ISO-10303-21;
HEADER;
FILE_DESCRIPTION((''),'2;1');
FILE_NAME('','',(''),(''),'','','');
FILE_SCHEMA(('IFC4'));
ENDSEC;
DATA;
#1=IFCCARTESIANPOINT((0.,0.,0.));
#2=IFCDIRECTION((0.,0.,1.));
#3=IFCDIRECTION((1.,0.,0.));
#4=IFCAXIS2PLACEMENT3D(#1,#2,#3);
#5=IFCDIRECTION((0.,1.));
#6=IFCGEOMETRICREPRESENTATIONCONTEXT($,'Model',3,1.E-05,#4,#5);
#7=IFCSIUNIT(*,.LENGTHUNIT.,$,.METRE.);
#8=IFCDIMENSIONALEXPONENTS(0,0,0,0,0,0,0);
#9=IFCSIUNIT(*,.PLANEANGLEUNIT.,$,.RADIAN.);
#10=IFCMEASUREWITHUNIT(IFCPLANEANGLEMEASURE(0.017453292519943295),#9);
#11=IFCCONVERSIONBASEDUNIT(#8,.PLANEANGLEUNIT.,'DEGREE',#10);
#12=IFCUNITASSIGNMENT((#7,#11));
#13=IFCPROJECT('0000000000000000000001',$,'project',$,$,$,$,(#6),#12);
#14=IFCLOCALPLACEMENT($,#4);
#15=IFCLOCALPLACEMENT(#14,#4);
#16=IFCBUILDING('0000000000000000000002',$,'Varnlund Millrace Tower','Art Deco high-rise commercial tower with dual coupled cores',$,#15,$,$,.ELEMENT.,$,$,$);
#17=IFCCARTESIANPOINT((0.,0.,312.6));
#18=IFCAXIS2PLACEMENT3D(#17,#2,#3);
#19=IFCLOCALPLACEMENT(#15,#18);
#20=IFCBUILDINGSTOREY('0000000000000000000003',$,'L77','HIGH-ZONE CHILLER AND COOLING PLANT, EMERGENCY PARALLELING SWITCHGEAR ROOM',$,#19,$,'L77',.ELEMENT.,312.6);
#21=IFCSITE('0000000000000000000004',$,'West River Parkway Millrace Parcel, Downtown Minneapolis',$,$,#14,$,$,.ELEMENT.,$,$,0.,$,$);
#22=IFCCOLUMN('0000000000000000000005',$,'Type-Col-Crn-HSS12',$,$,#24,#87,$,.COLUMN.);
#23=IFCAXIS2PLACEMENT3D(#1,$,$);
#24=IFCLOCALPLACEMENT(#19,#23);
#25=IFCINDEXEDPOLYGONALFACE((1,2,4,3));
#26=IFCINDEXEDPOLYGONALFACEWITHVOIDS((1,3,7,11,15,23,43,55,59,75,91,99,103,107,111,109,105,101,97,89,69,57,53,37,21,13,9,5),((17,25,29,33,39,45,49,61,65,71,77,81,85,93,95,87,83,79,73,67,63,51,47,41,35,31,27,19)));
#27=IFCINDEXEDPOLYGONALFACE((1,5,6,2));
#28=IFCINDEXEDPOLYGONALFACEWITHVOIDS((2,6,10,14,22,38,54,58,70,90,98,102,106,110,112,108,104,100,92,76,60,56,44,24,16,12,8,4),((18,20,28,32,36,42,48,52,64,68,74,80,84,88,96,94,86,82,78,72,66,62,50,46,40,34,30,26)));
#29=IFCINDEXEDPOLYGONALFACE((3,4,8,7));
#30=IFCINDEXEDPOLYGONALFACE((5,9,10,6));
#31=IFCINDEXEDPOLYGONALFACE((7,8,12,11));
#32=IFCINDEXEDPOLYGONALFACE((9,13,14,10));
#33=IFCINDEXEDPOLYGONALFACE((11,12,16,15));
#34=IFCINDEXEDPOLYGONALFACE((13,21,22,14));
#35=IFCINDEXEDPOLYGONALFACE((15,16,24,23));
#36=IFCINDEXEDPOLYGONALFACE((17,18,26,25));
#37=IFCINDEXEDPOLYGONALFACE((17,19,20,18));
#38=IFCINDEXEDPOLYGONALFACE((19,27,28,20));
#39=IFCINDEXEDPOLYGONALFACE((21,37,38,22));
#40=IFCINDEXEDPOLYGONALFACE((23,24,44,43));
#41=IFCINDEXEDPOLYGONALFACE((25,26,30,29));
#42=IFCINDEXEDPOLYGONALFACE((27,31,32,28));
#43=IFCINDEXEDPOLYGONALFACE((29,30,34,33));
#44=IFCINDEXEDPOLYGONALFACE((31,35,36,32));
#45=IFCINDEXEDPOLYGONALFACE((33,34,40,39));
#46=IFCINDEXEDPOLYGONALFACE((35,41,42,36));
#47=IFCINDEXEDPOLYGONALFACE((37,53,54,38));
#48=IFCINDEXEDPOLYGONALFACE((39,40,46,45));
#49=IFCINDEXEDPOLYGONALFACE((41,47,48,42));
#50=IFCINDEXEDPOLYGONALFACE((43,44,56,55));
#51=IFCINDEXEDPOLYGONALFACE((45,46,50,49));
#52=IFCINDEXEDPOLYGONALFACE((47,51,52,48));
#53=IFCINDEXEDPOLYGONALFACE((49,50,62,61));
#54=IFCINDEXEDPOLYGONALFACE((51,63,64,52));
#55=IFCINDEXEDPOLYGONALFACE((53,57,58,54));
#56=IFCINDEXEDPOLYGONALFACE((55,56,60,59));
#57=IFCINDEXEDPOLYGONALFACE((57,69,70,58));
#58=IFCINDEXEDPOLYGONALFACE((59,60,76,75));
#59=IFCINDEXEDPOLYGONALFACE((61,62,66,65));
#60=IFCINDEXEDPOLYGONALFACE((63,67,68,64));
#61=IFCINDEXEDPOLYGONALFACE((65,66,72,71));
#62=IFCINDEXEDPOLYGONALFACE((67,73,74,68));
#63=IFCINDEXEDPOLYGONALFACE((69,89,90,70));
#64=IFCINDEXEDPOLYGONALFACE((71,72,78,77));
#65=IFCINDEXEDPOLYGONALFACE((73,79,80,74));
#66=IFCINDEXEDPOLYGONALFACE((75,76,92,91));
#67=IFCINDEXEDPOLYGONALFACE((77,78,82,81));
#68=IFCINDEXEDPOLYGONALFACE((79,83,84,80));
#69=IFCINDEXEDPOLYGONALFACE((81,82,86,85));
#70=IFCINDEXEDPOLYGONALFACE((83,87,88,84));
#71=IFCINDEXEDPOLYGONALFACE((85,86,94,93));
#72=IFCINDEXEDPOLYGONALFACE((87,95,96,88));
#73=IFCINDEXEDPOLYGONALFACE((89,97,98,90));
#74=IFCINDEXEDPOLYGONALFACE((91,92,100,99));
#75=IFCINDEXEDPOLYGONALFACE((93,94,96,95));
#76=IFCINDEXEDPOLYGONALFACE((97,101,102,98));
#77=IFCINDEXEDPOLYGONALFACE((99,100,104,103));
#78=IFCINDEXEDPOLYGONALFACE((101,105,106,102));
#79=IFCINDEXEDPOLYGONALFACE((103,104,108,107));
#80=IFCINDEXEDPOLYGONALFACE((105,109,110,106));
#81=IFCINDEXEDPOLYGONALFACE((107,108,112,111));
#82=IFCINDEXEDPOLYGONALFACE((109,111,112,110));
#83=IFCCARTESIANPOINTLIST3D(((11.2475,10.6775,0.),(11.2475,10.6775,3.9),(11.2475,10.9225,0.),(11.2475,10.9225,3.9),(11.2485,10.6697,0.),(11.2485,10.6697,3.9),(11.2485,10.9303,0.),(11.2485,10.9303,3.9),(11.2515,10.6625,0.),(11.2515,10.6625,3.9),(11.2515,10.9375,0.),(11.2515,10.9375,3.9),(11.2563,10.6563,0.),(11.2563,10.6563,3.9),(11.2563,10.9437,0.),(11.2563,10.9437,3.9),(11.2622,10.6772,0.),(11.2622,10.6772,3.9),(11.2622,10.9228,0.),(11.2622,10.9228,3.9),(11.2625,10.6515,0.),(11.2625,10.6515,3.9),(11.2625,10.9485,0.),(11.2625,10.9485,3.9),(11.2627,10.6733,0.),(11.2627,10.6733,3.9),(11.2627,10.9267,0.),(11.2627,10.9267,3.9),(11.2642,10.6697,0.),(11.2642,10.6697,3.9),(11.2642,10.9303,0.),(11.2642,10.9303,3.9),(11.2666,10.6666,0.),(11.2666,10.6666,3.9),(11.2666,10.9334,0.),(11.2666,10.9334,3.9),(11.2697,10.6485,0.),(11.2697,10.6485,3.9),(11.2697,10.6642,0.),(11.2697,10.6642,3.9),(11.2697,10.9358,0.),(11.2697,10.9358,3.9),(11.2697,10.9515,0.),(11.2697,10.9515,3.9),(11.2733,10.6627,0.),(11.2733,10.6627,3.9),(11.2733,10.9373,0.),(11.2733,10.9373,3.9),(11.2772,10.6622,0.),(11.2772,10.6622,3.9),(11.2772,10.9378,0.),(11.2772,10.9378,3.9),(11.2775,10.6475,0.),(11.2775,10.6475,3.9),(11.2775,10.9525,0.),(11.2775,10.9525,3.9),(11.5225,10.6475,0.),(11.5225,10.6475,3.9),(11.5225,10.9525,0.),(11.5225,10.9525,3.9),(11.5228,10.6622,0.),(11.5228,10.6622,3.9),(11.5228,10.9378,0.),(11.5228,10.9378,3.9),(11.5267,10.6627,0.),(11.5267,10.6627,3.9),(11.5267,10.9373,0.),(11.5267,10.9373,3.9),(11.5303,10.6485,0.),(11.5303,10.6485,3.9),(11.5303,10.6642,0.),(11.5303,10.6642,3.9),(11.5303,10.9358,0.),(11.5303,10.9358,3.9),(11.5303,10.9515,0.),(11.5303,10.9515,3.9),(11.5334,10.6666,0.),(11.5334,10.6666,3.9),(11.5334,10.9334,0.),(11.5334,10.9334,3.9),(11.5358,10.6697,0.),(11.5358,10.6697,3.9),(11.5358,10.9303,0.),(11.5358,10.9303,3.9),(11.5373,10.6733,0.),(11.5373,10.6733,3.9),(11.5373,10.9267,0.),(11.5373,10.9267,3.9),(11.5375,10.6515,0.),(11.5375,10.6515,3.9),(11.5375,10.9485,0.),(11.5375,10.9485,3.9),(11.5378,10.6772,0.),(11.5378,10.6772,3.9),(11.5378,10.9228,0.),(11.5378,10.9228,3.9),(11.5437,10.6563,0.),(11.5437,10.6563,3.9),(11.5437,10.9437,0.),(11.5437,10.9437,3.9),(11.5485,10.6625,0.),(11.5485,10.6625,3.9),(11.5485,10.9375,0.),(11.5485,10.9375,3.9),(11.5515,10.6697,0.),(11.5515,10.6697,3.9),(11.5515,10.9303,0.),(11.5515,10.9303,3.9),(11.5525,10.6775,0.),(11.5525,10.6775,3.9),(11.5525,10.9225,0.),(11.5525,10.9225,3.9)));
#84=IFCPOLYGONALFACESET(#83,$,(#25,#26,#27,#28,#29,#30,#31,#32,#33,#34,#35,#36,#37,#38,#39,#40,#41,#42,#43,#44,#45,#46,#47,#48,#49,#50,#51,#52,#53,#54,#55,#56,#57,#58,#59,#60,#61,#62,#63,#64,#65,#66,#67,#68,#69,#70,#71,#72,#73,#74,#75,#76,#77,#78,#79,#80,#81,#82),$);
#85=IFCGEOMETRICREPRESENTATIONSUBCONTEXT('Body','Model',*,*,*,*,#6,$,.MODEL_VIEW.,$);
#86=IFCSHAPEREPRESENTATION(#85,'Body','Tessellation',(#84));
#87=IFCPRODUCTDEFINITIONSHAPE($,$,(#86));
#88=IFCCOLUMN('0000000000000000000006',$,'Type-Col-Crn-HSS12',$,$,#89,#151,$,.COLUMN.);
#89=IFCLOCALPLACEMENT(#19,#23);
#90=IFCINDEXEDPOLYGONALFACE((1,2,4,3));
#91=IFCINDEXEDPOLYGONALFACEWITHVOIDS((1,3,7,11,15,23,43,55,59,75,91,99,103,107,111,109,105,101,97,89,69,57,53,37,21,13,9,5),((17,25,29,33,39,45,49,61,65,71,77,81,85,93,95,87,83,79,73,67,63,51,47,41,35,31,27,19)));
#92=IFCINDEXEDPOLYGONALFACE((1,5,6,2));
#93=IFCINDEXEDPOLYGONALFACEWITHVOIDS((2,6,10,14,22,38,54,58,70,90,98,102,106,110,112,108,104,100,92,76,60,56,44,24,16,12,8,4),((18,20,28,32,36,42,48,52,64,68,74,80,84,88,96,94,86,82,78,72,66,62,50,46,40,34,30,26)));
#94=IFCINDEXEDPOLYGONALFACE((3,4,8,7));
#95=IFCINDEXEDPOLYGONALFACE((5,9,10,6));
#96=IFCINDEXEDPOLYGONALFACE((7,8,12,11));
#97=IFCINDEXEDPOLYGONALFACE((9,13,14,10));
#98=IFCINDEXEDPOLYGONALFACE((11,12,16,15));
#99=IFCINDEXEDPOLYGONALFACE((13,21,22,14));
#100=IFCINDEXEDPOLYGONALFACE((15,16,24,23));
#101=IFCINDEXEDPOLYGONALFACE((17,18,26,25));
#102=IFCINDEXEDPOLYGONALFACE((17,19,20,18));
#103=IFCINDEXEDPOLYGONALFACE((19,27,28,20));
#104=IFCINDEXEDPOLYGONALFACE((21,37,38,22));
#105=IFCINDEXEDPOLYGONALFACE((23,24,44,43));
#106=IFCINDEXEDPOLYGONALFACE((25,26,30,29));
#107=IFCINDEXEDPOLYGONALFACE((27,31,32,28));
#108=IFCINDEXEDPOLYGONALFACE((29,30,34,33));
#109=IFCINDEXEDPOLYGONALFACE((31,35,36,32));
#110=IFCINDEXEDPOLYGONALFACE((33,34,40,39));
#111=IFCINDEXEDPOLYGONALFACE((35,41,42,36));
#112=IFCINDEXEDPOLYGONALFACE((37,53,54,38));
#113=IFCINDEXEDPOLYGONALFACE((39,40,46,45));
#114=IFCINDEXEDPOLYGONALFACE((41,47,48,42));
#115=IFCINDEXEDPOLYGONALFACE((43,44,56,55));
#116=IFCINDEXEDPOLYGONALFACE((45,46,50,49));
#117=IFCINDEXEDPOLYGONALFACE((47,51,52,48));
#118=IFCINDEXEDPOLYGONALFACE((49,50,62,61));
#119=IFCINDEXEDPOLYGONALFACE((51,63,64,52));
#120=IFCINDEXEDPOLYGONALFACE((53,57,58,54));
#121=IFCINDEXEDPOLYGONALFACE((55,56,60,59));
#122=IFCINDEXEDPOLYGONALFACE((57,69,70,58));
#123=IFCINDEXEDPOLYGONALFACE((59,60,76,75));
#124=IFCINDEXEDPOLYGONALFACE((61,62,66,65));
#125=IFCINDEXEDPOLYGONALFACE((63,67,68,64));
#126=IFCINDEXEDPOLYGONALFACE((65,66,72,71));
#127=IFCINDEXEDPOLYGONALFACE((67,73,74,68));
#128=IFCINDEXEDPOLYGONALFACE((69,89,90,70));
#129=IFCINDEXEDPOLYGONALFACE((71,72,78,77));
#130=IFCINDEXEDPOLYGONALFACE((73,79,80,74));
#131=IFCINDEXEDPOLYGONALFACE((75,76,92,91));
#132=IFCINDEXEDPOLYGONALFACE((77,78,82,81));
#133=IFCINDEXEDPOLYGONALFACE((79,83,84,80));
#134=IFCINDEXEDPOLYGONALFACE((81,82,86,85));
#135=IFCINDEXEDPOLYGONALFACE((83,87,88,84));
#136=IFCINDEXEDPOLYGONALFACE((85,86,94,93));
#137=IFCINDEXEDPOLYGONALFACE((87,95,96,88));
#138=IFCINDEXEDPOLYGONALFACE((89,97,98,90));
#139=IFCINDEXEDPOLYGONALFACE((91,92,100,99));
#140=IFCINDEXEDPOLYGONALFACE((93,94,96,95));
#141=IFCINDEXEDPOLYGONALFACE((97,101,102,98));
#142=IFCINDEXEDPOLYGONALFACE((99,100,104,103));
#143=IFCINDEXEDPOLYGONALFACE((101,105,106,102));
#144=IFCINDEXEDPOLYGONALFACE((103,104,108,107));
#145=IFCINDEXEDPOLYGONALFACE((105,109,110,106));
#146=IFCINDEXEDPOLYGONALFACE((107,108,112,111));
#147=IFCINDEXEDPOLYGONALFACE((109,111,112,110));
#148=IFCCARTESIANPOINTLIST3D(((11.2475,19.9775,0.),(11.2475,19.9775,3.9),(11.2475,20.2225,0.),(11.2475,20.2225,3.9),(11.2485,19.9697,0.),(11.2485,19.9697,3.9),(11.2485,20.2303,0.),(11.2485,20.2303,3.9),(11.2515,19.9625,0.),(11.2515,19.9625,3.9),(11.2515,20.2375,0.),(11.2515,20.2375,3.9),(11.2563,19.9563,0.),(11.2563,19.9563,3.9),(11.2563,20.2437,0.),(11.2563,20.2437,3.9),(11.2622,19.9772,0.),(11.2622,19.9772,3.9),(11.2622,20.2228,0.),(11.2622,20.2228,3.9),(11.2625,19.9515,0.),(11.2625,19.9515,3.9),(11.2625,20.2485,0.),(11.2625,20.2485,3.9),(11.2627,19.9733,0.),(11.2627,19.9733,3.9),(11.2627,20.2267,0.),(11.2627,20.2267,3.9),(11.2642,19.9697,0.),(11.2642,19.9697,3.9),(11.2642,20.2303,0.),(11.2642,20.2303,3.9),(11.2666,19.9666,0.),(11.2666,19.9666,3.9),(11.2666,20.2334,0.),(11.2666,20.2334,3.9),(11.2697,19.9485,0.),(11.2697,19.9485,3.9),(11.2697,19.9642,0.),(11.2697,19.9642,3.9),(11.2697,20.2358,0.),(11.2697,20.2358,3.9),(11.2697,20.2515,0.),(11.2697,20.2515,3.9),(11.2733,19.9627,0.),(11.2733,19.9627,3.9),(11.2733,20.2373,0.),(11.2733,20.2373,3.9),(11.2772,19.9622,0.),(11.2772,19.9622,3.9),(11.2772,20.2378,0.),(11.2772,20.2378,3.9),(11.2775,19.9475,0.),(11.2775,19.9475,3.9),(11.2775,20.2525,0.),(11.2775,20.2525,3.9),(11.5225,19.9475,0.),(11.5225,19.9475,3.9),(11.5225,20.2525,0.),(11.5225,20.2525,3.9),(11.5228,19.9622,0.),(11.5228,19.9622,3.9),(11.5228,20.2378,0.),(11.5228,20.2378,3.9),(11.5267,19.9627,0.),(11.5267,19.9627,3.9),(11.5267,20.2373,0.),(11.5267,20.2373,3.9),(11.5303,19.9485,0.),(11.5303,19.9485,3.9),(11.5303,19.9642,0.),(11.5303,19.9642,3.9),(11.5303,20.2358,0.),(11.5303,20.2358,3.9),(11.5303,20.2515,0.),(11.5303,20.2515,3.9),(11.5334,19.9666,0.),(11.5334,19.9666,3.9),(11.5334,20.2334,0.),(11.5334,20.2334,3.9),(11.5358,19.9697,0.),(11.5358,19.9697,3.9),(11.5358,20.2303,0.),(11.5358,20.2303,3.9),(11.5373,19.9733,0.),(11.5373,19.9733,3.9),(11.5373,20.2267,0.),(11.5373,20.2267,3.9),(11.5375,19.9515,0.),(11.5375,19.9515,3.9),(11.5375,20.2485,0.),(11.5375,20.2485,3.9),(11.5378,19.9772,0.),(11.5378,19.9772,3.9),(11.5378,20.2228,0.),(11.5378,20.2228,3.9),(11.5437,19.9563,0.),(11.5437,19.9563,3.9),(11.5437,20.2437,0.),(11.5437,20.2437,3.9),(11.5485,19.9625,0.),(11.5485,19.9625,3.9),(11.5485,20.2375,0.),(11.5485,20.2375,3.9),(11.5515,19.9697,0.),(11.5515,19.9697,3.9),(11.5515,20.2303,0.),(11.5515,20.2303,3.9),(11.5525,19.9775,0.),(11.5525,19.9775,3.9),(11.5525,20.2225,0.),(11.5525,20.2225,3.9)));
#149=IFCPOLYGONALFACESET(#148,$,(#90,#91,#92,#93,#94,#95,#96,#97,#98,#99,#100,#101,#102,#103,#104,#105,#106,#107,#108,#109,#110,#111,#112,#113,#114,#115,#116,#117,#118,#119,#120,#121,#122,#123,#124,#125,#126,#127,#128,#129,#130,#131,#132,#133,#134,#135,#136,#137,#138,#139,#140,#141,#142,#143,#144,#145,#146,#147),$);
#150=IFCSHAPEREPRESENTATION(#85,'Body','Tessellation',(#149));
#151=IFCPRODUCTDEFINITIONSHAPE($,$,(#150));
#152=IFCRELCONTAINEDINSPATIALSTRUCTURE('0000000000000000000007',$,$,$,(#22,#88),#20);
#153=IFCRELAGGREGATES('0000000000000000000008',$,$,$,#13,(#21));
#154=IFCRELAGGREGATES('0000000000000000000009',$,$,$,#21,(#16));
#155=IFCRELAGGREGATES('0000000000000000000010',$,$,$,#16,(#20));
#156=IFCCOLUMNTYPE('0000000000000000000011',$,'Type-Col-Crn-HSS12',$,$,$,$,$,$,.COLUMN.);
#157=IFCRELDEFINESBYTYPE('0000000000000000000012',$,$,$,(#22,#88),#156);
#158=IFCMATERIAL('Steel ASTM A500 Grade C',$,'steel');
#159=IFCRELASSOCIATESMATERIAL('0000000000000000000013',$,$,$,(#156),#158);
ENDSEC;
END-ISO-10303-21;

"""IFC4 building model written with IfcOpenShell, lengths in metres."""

from ifc_helpers import new_model, entity, si_unit, converted_unit, direction, frame, origin_with_axes, origin_2d_with_axis, place, context, subcontext, project, spatial, hollow_rectangle, extrude, material, material_profile, profile_set, type_object, element, save


model = new_model("IFC4")

# Units and contexts
model_context = context("Model", 3, precision=1e-05, world=origin_with_axes(), true_north=direction((0.0, 1.0)))
body_context = subcontext(model_context, "Body", "Model", "MODEL_VIEW")
ifc_project = project(units=[si_unit("LENGTHUNIT", "METRE"), converted_unit("PLANEANGLEUNIT", "DEGREE", entity("IfcPlaneAngleMeasure", 0.017453292519943295), si_unit("PLANEANGLEUNIT", "RADIAN"), dimensions=[0, 0, 0, 0, 0, 0, 0])], contexts=[model_context])

# Site, building, storey
site_placement = place(None, origin_with_axes())
site = spatial("IfcSite", under=ifc_project, at=site_placement, Name="West River Parkway Millrace Parcel, Downtown Minneapolis", CompositionType="ELEMENT", RefElevation=0.0)
building_placement = place(site_placement, origin_with_axes())
building = spatial("IfcBuilding", under=site, at=building_placement, Name="Varnlund Millrace Tower", Description="Art Deco high-rise commercial tower with dual coupled cores", CompositionType="ELEMENT")
storey_placement = place(building_placement, frame((0.0, 0.0, 312.6), z_axis=(0.0, 0.0, 1.0), x_axis=(1.0, 0.0, 0.0)))
storey = spatial("IfcBuildingStorey", under=building, at=storey_placement, Name="L77", Description="HIGH-ZONE CHILLER AND COOLING PLANT, EMERGENCY PARALLELING SWITCHGEAR ROOM", LongName="L77", CompositionType="ELEMENT", Elevation=312.6)

# Columns
ifc_material_1 = material(Name="Steel ASTM A500 Grade C", Category="steel")
ifc_material_profile = material_profile(ifc_material_1, hollow_rectangle(XDim=0.305, YDim=0.305, WallThickness=0.0147, InnerFilletRadius=0.015, OuterFilletRadius=0.03, at=origin_2d_with_axis()), Name="Steel ASTM A500 Grade C")
ifc_profile_set = profile_set([ifc_material_profile], Name="Steel ASTM A500 Grade C")
column_type = type_object("IfcColumnType", Name="Type-Col-Crn-HSS12", PredefinedType="COLUMN", material=ifc_profile_set)
for number, where, z_axis, x_axis, name in (
    (1, (11.4, 10.8, 0.0), (0.0, 0.0, 1.0), (1.0, 0.0, 0.0), "Type-Col-Crn-HSS12"),
    (2, (11.4, 20.1, 0.0), (0.0, 0.0, 1.0), (1.0, 0.0, 0.0), "Type-Col-Crn-HSS12"),
):
    element("IfcColumn", number, at=place(storey_placement, frame(where, z_axis=z_axis, x_axis=x_axis)), inside=storey, type_object=column_type, Name=name, PredefinedType="COLUMN", context=body_context, shape_type="SweptSolid", body=[
        extrude(hollow_rectangle(XDim=0.305, YDim=0.305, WallThickness=0.0147, InnerFilletRadius=0.015, OuterFilletRadius=0.03, at=origin_2d_with_axis()), origin_with_axes(), (0.0, 0.0, 1.0), 3.9),
    ])

save(model, "model.ifc")
